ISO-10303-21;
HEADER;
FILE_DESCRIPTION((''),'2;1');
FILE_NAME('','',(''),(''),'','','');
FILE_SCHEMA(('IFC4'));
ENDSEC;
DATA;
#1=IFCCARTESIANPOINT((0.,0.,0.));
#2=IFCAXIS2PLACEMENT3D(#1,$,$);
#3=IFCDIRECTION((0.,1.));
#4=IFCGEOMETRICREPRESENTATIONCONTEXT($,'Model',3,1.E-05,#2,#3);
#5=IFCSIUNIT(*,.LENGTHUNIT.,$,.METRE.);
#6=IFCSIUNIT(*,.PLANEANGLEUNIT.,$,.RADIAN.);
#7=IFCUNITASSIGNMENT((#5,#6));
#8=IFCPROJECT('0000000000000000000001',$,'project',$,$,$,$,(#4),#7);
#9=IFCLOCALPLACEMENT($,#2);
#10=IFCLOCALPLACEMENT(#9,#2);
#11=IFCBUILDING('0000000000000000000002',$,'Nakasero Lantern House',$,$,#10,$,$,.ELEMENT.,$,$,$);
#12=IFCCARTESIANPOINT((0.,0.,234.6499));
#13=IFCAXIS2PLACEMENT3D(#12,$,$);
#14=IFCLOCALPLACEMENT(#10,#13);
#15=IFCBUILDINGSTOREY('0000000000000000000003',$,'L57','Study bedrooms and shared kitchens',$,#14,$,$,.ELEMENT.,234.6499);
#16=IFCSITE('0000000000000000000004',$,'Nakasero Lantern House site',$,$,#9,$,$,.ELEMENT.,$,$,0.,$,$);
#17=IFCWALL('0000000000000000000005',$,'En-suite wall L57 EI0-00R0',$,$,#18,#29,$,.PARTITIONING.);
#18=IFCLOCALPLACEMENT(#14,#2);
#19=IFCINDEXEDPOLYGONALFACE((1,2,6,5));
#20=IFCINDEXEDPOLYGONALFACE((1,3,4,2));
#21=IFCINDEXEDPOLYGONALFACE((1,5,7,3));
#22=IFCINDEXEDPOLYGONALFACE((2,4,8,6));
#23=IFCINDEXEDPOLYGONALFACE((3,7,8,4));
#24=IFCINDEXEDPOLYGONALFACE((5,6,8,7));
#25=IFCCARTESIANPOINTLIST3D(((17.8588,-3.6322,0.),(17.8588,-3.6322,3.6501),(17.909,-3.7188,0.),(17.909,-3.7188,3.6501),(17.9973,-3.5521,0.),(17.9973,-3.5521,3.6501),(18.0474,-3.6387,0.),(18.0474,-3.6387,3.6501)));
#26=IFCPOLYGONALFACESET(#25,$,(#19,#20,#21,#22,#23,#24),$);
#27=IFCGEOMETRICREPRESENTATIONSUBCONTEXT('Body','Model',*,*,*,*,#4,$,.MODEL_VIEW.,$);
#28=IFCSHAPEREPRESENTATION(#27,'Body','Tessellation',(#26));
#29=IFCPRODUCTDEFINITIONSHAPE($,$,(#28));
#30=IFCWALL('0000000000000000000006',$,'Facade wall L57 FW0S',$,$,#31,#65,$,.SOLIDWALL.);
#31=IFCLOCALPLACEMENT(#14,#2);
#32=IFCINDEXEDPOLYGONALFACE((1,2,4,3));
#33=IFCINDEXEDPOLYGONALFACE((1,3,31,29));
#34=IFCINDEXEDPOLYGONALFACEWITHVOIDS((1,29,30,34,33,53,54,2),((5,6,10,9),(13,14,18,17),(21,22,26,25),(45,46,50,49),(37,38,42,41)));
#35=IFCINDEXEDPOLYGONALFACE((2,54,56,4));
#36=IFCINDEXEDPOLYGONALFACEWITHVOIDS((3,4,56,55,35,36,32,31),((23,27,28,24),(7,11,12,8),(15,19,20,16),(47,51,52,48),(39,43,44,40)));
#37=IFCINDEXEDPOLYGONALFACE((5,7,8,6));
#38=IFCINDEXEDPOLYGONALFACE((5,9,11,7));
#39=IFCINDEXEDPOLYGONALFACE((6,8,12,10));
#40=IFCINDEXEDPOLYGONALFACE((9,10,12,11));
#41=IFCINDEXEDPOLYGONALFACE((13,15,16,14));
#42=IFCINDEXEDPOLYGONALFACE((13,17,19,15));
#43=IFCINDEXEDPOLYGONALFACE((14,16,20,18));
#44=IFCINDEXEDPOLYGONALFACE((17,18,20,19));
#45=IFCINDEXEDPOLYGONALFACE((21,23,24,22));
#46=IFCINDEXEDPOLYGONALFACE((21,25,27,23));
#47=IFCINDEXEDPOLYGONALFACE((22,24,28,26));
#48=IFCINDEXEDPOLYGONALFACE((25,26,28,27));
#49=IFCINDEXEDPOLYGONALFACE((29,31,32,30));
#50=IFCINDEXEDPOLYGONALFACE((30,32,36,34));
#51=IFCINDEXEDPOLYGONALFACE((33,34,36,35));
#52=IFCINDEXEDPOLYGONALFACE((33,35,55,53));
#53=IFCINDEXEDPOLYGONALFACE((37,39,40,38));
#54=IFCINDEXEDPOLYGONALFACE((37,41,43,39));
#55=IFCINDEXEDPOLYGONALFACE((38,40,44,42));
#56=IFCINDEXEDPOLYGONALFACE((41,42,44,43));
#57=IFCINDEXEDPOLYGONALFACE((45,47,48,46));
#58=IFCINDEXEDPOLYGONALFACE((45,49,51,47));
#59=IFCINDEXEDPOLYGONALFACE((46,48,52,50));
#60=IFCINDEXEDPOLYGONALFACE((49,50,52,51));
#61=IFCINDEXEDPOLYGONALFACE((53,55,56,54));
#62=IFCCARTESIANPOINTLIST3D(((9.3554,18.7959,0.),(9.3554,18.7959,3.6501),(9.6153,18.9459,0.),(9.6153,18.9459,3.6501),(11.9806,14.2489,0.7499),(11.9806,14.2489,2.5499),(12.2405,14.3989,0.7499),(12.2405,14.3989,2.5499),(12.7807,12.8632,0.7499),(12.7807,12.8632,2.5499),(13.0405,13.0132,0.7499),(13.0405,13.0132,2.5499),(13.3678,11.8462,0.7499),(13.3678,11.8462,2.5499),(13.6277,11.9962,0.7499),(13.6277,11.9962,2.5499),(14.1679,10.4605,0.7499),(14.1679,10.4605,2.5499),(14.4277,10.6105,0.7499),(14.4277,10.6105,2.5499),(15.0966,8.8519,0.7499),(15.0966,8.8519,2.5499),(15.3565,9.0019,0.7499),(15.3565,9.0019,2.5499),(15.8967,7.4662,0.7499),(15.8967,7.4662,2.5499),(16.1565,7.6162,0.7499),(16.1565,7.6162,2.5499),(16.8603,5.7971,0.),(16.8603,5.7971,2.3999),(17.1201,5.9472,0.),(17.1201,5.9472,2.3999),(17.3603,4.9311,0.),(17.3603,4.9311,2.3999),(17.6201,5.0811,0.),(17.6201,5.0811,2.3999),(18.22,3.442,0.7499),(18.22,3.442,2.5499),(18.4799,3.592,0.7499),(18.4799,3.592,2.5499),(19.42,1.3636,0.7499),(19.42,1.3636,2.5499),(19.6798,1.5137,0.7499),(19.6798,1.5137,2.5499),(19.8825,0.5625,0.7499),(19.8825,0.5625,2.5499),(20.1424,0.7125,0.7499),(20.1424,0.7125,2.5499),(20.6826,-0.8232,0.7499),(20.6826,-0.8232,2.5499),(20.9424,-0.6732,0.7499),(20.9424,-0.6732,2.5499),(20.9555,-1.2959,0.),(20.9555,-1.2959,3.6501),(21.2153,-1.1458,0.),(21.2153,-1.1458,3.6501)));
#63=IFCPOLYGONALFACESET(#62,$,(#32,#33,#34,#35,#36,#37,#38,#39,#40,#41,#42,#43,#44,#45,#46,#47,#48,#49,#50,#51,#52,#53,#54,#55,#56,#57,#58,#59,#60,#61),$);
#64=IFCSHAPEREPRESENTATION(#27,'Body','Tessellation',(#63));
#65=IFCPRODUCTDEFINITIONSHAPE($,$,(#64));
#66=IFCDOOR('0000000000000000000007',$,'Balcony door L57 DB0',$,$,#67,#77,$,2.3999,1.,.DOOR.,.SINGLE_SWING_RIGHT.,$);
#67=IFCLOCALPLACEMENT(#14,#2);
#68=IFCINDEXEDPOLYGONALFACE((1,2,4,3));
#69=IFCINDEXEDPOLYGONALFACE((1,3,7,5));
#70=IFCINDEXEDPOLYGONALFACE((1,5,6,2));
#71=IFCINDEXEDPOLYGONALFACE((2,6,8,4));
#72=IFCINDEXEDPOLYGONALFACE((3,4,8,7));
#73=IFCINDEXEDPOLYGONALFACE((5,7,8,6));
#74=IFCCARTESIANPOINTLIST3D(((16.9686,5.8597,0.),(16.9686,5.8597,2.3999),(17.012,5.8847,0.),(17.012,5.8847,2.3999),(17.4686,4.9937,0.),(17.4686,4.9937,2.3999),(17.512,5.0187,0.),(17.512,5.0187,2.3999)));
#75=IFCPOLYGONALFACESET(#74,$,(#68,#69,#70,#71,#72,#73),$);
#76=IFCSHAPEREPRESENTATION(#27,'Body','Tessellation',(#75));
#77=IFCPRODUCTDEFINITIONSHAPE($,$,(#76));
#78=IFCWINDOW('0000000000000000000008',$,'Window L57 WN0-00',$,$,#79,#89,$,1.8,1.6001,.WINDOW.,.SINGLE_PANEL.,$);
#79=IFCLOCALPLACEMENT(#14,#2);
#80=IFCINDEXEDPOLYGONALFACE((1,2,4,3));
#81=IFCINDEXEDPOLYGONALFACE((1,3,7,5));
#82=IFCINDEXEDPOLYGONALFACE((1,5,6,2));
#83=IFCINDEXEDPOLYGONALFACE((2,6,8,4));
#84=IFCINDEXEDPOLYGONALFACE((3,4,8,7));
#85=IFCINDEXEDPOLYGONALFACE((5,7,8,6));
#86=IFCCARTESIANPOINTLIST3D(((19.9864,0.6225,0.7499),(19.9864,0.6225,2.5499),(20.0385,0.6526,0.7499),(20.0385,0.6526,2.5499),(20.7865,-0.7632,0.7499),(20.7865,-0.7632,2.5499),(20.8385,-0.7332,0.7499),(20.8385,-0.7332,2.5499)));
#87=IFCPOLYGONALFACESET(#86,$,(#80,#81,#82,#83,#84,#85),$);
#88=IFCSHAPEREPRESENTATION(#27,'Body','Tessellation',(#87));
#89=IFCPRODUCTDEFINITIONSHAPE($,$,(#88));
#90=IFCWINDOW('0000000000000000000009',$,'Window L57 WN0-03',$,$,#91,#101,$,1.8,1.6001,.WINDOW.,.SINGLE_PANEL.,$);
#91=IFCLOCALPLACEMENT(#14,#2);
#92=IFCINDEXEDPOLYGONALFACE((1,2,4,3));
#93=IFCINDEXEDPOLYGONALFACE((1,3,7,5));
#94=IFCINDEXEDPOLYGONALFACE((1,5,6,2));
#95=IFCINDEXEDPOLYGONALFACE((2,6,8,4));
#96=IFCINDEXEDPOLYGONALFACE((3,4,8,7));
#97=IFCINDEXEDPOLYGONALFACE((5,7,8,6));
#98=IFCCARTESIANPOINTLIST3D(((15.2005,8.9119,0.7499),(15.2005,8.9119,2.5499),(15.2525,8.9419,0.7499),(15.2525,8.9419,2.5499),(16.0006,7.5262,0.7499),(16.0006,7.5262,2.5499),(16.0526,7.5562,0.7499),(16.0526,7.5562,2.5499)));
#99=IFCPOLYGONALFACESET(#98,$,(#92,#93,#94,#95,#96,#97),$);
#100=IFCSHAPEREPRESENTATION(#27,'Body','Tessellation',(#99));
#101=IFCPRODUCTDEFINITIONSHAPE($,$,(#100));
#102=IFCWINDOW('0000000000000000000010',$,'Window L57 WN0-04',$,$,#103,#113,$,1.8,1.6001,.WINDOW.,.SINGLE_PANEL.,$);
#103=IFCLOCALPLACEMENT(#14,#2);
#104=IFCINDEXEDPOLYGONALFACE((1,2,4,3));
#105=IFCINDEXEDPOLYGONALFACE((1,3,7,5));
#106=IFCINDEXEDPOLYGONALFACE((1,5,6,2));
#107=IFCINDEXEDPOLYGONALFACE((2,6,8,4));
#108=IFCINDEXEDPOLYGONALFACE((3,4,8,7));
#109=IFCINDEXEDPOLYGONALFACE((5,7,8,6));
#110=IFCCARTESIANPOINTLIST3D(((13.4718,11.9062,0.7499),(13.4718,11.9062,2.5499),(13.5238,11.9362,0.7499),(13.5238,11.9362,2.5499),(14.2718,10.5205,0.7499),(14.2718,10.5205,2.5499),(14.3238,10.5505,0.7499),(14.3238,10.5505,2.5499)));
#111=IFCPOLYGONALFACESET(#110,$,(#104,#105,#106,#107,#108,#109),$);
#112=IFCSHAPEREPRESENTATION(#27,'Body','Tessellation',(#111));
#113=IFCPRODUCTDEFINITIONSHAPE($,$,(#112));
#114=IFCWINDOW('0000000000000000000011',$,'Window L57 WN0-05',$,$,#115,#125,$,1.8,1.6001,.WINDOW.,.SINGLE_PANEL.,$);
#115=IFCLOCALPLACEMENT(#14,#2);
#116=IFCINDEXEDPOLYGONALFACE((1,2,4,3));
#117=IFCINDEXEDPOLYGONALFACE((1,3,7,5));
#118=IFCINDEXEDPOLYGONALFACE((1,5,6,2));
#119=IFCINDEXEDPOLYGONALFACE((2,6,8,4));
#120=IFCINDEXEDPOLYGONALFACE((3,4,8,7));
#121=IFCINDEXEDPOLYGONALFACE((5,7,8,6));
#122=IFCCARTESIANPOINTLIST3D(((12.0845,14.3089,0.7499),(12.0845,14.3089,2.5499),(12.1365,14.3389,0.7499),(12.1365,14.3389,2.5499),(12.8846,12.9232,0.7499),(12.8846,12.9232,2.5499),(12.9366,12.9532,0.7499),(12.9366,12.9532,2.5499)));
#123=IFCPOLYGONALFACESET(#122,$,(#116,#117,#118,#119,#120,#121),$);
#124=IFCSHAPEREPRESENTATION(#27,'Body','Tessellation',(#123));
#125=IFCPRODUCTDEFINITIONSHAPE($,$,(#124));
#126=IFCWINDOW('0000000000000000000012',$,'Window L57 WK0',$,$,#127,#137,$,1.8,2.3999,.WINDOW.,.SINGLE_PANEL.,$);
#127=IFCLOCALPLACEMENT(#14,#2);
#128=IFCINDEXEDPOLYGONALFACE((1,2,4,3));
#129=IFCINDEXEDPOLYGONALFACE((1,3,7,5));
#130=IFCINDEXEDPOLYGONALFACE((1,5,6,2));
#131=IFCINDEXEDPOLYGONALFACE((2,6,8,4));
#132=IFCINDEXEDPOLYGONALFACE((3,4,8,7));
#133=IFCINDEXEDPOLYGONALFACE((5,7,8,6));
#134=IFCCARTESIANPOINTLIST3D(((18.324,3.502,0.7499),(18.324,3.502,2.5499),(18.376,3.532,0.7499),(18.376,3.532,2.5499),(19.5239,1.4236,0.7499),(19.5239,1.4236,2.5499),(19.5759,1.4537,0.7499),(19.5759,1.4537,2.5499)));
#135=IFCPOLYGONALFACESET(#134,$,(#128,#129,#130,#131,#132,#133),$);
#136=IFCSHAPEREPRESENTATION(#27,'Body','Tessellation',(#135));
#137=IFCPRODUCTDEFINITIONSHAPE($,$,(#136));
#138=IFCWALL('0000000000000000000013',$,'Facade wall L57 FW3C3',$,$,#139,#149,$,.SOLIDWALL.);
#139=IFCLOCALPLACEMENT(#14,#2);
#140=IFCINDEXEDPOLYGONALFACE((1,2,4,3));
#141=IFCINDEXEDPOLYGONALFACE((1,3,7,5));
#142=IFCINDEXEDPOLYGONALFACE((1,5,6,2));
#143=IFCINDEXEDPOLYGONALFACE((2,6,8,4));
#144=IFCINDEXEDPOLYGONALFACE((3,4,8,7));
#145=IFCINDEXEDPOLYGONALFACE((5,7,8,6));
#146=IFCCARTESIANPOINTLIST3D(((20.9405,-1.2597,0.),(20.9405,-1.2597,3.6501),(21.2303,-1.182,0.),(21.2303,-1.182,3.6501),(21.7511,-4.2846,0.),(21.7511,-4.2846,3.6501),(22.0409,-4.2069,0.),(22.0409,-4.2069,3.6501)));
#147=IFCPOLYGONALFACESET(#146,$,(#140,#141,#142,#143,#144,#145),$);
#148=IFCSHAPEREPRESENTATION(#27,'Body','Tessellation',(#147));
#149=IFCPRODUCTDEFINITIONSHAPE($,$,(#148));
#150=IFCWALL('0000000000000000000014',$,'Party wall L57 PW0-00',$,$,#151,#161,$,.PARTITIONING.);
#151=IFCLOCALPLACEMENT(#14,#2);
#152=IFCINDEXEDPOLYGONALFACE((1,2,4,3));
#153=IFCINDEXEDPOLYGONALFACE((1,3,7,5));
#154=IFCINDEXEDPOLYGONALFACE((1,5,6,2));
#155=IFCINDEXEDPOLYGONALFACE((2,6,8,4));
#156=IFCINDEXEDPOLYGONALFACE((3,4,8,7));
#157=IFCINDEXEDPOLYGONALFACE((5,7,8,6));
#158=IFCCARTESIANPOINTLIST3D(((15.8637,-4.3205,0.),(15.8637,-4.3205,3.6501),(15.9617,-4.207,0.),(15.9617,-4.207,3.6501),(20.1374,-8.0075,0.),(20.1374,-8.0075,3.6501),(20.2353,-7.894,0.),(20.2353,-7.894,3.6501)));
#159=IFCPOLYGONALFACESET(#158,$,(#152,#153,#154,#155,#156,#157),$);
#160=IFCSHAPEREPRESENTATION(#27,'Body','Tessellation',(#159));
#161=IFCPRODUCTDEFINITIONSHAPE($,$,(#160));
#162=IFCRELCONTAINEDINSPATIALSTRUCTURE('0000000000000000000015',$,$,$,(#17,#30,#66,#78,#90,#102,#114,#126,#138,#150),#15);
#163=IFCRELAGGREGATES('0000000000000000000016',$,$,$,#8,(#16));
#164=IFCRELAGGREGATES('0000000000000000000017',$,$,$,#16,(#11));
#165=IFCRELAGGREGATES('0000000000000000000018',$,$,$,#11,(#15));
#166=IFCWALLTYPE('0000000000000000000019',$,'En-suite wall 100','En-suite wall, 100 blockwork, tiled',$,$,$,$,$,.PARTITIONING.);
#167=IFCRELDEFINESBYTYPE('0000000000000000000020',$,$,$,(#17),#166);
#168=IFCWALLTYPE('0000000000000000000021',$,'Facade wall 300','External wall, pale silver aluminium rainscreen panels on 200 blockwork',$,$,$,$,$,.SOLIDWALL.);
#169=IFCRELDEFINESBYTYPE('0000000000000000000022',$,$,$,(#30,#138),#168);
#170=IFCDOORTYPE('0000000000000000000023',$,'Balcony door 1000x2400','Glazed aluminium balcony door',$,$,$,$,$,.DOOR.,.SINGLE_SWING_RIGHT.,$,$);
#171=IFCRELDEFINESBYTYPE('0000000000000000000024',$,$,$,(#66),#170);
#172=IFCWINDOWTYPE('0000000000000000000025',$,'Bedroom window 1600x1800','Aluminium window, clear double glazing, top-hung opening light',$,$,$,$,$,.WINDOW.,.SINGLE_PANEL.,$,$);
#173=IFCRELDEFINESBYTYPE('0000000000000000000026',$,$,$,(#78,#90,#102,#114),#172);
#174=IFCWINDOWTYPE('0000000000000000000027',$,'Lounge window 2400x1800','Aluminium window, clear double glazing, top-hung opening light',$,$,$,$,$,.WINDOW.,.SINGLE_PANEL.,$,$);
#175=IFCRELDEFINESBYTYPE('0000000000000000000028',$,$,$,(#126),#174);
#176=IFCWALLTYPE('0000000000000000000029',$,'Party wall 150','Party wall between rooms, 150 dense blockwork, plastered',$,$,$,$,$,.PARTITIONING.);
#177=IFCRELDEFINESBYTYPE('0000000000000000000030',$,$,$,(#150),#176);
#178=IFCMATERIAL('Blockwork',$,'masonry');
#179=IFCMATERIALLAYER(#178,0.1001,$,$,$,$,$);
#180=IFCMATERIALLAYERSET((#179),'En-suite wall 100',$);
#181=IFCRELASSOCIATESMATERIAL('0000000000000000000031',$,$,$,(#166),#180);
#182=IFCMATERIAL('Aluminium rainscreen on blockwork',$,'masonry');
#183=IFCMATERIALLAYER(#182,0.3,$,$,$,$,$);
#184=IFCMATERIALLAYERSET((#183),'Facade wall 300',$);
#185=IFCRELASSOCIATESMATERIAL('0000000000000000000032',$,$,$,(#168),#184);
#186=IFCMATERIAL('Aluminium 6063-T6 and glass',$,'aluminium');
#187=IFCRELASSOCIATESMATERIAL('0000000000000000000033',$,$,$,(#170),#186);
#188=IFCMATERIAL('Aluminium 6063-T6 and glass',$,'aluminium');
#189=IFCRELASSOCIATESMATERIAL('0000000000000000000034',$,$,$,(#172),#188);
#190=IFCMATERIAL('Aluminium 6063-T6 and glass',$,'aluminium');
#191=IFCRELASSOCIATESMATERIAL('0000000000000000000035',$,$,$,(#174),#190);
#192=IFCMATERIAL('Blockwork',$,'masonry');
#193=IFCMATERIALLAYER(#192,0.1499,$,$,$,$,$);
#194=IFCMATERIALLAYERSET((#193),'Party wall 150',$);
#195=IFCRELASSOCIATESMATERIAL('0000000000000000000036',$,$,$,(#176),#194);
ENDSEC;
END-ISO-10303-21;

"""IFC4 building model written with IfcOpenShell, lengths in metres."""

from ifc_helpers import new_model, si_unit, direction, frame, frame_2d, origin, place, context, subcontext, project, spatial, rectangle, extrude, material, layer, layer_set, type_object, element, fill, save


model = new_model("IFC4")

# Units and contexts
model_context = context("Model", 3, precision=1e-05, world=origin(), true_north=direction((0.0, 1.0)))
body_context = subcontext(model_context, "Body", "Model", "MODEL_VIEW")
ifc_project = project(units=[si_unit("LENGTHUNIT", "METRE"), si_unit("PLANEANGLEUNIT", "RADIAN")], contexts=[model_context])

# Site, building, storey
site_placement = place(None, origin())
site = spatial("IfcSite", under=ifc_project, at=site_placement, Name="Nakasero Lantern House site", CompositionType="ELEMENT", RefElevation=0.0)
building_placement = place(site_placement, origin())
building = spatial("IfcBuilding", under=site, at=building_placement, Name="Nakasero Lantern House", CompositionType="ELEMENT")
storey_placement = place(building_placement, frame((0.0, 0.0, 234.6499)))
storey = spatial("IfcBuildingStorey", under=building, at=storey_placement, Name="L57", Description="Study bedrooms and shared kitchens", CompositionType="ELEMENT", Elevation=234.6499)

# Shared definitions
ifc_material_1 = material(Name="Blockwork", Category="masonry")
ifc_layer_1 = layer(ifc_material_1, 0.1001)
ifc_layer_set_1 = layer_set([ifc_layer_1], Name="En-suite wall 100")
wall_type_1 = type_object("IfcWallType", Name="En-suite wall 100", Description="En-suite wall, 100 blockwork, tiled", PredefinedType="PARTITIONING", material=ifc_layer_set_1)

# Wall
wall_1_placement = place(storey_placement, frame((17.8838, -3.6755, 0.0), z_axis=(0.0, 0.0, 1.0), x_axis=(0.8656, 0.500735, 0.0)))
element("IfcWall", 1, at=wall_1_placement, inside=storey, type_object=wall_type_1, Name="En-suite wall L57 EI0-00R0", PredefinedType="PARTITIONING", context=body_context, shape_type="SweptSolid", body=[
    extrude(rectangle(XDim=0.1599, YDim=0.1001, at=frame_2d((0.0801, 0.0))), origin(), (0.0, 0.0, 1.0), 3.6501),
])

# Wall, openings, door, windows
ifc_material_2 = material(Name="Aluminium rainscreen on blockwork", Category="masonry")
ifc_layer_2 = layer(ifc_material_2, 0.3)
ifc_layer_set_2 = layer_set([ifc_layer_2], Name="Facade wall 300")
wall_type_2 = type_object("IfcWallType", Name="Facade wall 300", Description="External wall, pale silver aluminium rainscreen panels on 200 blockwork", PredefinedType="SOLIDWALL", material=ifc_layer_set_2)
wall_2_placement = place(storey_placement, frame((21.0854, -1.2209, 0.0), z_axis=(0.0, 0.0, 1.0), x_axis=(-0.500003, 0.866024, 0.0)))
wall_2 = element("IfcWall", 2, at=wall_2_placement, inside=storey, type_object=wall_type_2, Name="Facade wall L57 FW0S", PredefinedType="SOLIDWALL", context=body_context, shape_type="SweptSolid", body=[
    extrude(rectangle(XDim=23.2, YDim=0.3, at=frame_2d((11.6001, 0.0))), origin(), (0.0, 0.0, 1.0), 3.6501),
])
opening_1_placement = place(wall_2_placement, frame((0.5459, 0.0, 0.75)))
opening_1 = element("IfcOpeningElement", 3, at=opening_1_placement, cuts=wall_2, PredefinedType="OPENING", context=body_context, shape_type="SweptSolid", body=[
    extrude(rectangle(XDim=1.6001, YDim=1.8, at=frame_2d((0.8, 0.8999))), frame((0.0, 0.1699, 0.0), z_axis=(0.0, -1.0, 0.0), x_axis=(1.0, 0.0, 0.0)), (0.0, 0.0, 1.0), 0.3401),
])
opening_2_placement = place(wall_2_placement, frame((10.1177, 0.0, 0.75)))
opening_2 = element("IfcOpeningElement", 4, at=opening_2_placement, cuts=wall_2, PredefinedType="OPENING", context=body_context, shape_type="SweptSolid", body=[
    extrude(rectangle(XDim=1.6001, YDim=1.8, at=frame_2d((0.8, 0.8999))), frame((0.0, 0.1699, 0.0), z_axis=(0.0, -1.0, 0.0), x_axis=(1.0, 0.0, 0.0)), (0.0, 0.0, 1.0), 0.3401),
])
opening_3_placement = place(wall_2_placement, frame((13.5752, 0.0, 0.75)))
opening_3 = element("IfcOpeningElement", 5, at=opening_3_placement, cuts=wall_2, PredefinedType="OPENING", context=body_context, shape_type="SweptSolid", body=[
    extrude(rectangle(XDim=1.6001, YDim=1.8, at=frame_2d((0.8, 0.8999))), frame((0.0, 0.1699, 0.0), z_axis=(0.0, -1.0, 0.0), x_axis=(1.0, 0.0, 0.0)), (0.0, 0.0, 1.0), 0.3401),
])
opening_4_placement = place(wall_2_placement, frame((16.3496, 0.0, 0.75)))
opening_4 = element("IfcOpeningElement", 6, at=opening_4_placement, cuts=wall_2, PredefinedType="OPENING", context=body_context, shape_type="SweptSolid", body=[
    extrude(rectangle(XDim=1.6001, YDim=1.8, at=frame_2d((0.8, 0.8999))), frame((0.0, 0.1699, 0.0), z_axis=(0.0, -1.0, 0.0), x_axis=(1.0, 0.0, 0.0)), (0.0, 0.0, 1.0), 0.3401),
])
opening_5_placement = place(wall_2_placement, frame((3.071, 0.0, 0.75)))
opening_5 = element("IfcOpeningElement", 7, at=opening_5_placement, cuts=wall_2, PredefinedType="OPENING", context=body_context, shape_type="SweptSolid", body=[
    extrude(rectangle(XDim=2.3999, YDim=1.8, at=frame_2d((1.2, 0.8999))), frame((0.0, 0.1699, 0.0), z_axis=(0.0, -1.0, 0.0), x_axis=(1.0, 0.0, 0.0)), (0.0, 0.0, 1.0), 0.3401),
])
opening_6_placement = place(wall_2_placement, frame((7.1904, 0.0, 0.0)))
opening_6 = element("IfcOpeningElement", 8, at=opening_6_placement, cuts=wall_2, PredefinedType="OPENING", context=body_context, shape_type="SweptSolid", body=[
    extrude(rectangle(XDim=1.0, YDim=2.3999, at=frame_2d((0.5, 1.2))), frame((0.0, 0.1699, 0.0), z_axis=(0.0, -1.0, 0.0), x_axis=(1.0, 0.0, 0.0)), (0.0, 0.0, 1.0), 0.3401),
])
ifc_material_3 = material(Name="Aluminium 6063-T6 and glass", Category="aluminium")
door_type_1 = type_object("IfcDoorType", Name="Balcony door 1000x2400", Description="Glazed aluminium balcony door", OperationType="SINGLE_SWING_RIGHT", PredefinedType="DOOR", material=ifc_material_3)
door_1_placement = place(opening_6_placement, origin())
door_1 = element("IfcDoor", 9, at=door_1_placement, inside=storey, type_object=door_type_1, Name="Balcony door L57 DB0", OperationType="SINGLE_SWING_RIGHT", OverallHeight=2.3999, OverallWidth=1.0, PredefinedType="DOOR", context=body_context, shape_type="SweptSolid", body=[
    extrude(rectangle(XDim=1.0, YDim=2.3999, at=frame_2d((0.5, 1.2))), frame((0.0, 0.0249, 0.0), z_axis=(0.0, -1.0, 0.0), x_axis=(1.0, 0.0, 0.0)), (0.0, 0.0, 1.0), 0.05),
])
fill(opening_6, door_1)
ifc_material_4 = material(Name="Aluminium 6063-T6 and glass", Category="aluminium")
window_type_1 = type_object("IfcWindowType", Name="Bedroom window 1600x1800", Description="Aluminium window, clear double glazing, top-hung opening light", PartitioningType="SINGLE_PANEL", PredefinedType="WINDOW", material=ifc_material_4)
window_1_placement = place(opening_1_placement, origin())
window_1 = element("IfcWindow", 10, at=window_1_placement, inside=storey, type_object=window_type_1, Name="Window L57 WN0-00", OverallHeight=1.8, OverallWidth=1.6001, PartitioningType="SINGLE_PANEL", PredefinedType="WINDOW", context=body_context, shape_type="SweptSolid", body=[
    extrude(rectangle(XDim=1.6001, YDim=1.8, at=frame_2d((0.8, 0.8999))), frame((0.0, 0.03, 0.0), z_axis=(0.0, -1.0, 0.0), x_axis=(1.0, 0.0, 0.0)), (0.0, 0.0, 1.0), 0.0601),
])
fill(opening_1, window_1)
window_2_placement = place(opening_2_placement, origin())
window_2 = element("IfcWindow", 11, at=window_2_placement, inside=storey, type_object=window_type_1, Name="Window L57 WN0-03", OverallHeight=1.8, OverallWidth=1.6001, PartitioningType="SINGLE_PANEL", PredefinedType="WINDOW", context=body_context, shape_type="SweptSolid", body=[
    extrude(rectangle(XDim=1.6001, YDim=1.8, at=frame_2d((0.8, 0.8999))), frame((0.0, 0.03, 0.0), z_axis=(0.0, -1.0, 0.0), x_axis=(1.0, 0.0, 0.0)), (0.0, 0.0, 1.0), 0.0601),
])
fill(opening_2, window_2)
window_3_placement = place(opening_3_placement, origin())
window_3 = element("IfcWindow", 12, at=window_3_placement, inside=storey, type_object=window_type_1, Name="Window L57 WN0-04", OverallHeight=1.8, OverallWidth=1.6001, PartitioningType="SINGLE_PANEL", PredefinedType="WINDOW", context=body_context, shape_type="SweptSolid", body=[
    extrude(rectangle(XDim=1.6001, YDim=1.8, at=frame_2d((0.8, 0.8999))), frame((0.0, 0.03, 0.0), z_axis=(0.0, -1.0, 0.0), x_axis=(1.0, 0.0, 0.0)), (0.0, 0.0, 1.0), 0.0601),
])
fill(opening_3, window_3)
window_4_placement = place(opening_4_placement, origin())
window_4 = element("IfcWindow", 13, at=window_4_placement, inside=storey, type_object=window_type_1, Name="Window L57 WN0-05", OverallHeight=1.8, OverallWidth=1.6001, PartitioningType="SINGLE_PANEL", PredefinedType="WINDOW", context=body_context, shape_type="SweptSolid", body=[
    extrude(rectangle(XDim=1.6001, YDim=1.8, at=frame_2d((0.8, 0.8999))), frame((0.0, 0.03, 0.0), z_axis=(0.0, -1.0, 0.0), x_axis=(1.0, 0.0, 0.0)), (0.0, 0.0, 1.0), 0.0601),
])
fill(opening_4, window_4)
ifc_material_5 = material(Name="Aluminium 6063-T6 and glass", Category="aluminium")
window_type_2 = type_object("IfcWindowType", Name="Lounge window 2400x1800", Description="Aluminium window, clear double glazing, top-hung opening light", PartitioningType="SINGLE_PANEL", PredefinedType="WINDOW", material=ifc_material_5)
window_5_placement = place(opening_5_placement, origin())
window_5 = element("IfcWindow", 14, at=window_5_placement, inside=storey, type_object=window_type_2, Name="Window L57 WK0", OverallHeight=1.8, OverallWidth=2.3999, PartitioningType="SINGLE_PANEL", PredefinedType="WINDOW", context=body_context, shape_type="SweptSolid", body=[
    extrude(rectangle(XDim=2.3999, YDim=1.8, at=frame_2d((1.2, 0.8999))), frame((0.0, 0.03, 0.0), z_axis=(0.0, -1.0, 0.0), x_axis=(1.0, 0.0, 0.0)), (0.0, 0.0, 1.0), 0.0601),
])
fill(opening_5, window_5)

# Walls
wall_3_placement = place(storey_placement, frame((21.896, -4.2458, 0.0), z_axis=(0.0, 0.0, 1.0), x_axis=(-0.258827, 0.965924, 0.0)))
element("IfcWall", 15, at=wall_3_placement, inside=storey, type_object=wall_type_2, Name="Facade wall L57 FW3C3", PredefinedType="SOLIDWALL", context=body_context, shape_type="SweptSolid", body=[
    extrude(rectangle(XDim=3.1316, YDim=0.3, at=frame_2d((1.5659, 0.0))), origin(), (0.0, 0.0, 1.0), 3.6501),
])
ifc_material_6 = material(Name="Blockwork", Category="masonry")
ifc_layer_3 = layer(ifc_material_6, 0.1499)
ifc_layer_set_3 = layer_set([ifc_layer_3], Name="Party wall 150")
wall_type_3 = type_object("IfcWallType", Name="Party wall 150", Description="Party wall between rooms, 150 dense blockwork, plastered", PredefinedType="PARTITIONING", material=ifc_layer_set_3)
wall_4_placement = place(storey_placement, frame((15.9126, -4.2637, 0.0), z_axis=(0.0, 0.0, 1.0), x_axis=(0.757164, -0.653225, 0.0)))
element("IfcWall", 16, at=wall_4_placement, inside=storey, type_object=wall_type_3, Name="Party wall L57 PW0-00", PredefinedType="PARTITIONING", context=body_context, shape_type="SweptSolid", body=[
    extrude(rectangle(XDim=5.6443, YDim=0.1499, at=frame_2d((2.8223, 0.0))), origin(), (0.0, 0.0, 1.0), 3.6501),
])

save(model, "model.ifc")
